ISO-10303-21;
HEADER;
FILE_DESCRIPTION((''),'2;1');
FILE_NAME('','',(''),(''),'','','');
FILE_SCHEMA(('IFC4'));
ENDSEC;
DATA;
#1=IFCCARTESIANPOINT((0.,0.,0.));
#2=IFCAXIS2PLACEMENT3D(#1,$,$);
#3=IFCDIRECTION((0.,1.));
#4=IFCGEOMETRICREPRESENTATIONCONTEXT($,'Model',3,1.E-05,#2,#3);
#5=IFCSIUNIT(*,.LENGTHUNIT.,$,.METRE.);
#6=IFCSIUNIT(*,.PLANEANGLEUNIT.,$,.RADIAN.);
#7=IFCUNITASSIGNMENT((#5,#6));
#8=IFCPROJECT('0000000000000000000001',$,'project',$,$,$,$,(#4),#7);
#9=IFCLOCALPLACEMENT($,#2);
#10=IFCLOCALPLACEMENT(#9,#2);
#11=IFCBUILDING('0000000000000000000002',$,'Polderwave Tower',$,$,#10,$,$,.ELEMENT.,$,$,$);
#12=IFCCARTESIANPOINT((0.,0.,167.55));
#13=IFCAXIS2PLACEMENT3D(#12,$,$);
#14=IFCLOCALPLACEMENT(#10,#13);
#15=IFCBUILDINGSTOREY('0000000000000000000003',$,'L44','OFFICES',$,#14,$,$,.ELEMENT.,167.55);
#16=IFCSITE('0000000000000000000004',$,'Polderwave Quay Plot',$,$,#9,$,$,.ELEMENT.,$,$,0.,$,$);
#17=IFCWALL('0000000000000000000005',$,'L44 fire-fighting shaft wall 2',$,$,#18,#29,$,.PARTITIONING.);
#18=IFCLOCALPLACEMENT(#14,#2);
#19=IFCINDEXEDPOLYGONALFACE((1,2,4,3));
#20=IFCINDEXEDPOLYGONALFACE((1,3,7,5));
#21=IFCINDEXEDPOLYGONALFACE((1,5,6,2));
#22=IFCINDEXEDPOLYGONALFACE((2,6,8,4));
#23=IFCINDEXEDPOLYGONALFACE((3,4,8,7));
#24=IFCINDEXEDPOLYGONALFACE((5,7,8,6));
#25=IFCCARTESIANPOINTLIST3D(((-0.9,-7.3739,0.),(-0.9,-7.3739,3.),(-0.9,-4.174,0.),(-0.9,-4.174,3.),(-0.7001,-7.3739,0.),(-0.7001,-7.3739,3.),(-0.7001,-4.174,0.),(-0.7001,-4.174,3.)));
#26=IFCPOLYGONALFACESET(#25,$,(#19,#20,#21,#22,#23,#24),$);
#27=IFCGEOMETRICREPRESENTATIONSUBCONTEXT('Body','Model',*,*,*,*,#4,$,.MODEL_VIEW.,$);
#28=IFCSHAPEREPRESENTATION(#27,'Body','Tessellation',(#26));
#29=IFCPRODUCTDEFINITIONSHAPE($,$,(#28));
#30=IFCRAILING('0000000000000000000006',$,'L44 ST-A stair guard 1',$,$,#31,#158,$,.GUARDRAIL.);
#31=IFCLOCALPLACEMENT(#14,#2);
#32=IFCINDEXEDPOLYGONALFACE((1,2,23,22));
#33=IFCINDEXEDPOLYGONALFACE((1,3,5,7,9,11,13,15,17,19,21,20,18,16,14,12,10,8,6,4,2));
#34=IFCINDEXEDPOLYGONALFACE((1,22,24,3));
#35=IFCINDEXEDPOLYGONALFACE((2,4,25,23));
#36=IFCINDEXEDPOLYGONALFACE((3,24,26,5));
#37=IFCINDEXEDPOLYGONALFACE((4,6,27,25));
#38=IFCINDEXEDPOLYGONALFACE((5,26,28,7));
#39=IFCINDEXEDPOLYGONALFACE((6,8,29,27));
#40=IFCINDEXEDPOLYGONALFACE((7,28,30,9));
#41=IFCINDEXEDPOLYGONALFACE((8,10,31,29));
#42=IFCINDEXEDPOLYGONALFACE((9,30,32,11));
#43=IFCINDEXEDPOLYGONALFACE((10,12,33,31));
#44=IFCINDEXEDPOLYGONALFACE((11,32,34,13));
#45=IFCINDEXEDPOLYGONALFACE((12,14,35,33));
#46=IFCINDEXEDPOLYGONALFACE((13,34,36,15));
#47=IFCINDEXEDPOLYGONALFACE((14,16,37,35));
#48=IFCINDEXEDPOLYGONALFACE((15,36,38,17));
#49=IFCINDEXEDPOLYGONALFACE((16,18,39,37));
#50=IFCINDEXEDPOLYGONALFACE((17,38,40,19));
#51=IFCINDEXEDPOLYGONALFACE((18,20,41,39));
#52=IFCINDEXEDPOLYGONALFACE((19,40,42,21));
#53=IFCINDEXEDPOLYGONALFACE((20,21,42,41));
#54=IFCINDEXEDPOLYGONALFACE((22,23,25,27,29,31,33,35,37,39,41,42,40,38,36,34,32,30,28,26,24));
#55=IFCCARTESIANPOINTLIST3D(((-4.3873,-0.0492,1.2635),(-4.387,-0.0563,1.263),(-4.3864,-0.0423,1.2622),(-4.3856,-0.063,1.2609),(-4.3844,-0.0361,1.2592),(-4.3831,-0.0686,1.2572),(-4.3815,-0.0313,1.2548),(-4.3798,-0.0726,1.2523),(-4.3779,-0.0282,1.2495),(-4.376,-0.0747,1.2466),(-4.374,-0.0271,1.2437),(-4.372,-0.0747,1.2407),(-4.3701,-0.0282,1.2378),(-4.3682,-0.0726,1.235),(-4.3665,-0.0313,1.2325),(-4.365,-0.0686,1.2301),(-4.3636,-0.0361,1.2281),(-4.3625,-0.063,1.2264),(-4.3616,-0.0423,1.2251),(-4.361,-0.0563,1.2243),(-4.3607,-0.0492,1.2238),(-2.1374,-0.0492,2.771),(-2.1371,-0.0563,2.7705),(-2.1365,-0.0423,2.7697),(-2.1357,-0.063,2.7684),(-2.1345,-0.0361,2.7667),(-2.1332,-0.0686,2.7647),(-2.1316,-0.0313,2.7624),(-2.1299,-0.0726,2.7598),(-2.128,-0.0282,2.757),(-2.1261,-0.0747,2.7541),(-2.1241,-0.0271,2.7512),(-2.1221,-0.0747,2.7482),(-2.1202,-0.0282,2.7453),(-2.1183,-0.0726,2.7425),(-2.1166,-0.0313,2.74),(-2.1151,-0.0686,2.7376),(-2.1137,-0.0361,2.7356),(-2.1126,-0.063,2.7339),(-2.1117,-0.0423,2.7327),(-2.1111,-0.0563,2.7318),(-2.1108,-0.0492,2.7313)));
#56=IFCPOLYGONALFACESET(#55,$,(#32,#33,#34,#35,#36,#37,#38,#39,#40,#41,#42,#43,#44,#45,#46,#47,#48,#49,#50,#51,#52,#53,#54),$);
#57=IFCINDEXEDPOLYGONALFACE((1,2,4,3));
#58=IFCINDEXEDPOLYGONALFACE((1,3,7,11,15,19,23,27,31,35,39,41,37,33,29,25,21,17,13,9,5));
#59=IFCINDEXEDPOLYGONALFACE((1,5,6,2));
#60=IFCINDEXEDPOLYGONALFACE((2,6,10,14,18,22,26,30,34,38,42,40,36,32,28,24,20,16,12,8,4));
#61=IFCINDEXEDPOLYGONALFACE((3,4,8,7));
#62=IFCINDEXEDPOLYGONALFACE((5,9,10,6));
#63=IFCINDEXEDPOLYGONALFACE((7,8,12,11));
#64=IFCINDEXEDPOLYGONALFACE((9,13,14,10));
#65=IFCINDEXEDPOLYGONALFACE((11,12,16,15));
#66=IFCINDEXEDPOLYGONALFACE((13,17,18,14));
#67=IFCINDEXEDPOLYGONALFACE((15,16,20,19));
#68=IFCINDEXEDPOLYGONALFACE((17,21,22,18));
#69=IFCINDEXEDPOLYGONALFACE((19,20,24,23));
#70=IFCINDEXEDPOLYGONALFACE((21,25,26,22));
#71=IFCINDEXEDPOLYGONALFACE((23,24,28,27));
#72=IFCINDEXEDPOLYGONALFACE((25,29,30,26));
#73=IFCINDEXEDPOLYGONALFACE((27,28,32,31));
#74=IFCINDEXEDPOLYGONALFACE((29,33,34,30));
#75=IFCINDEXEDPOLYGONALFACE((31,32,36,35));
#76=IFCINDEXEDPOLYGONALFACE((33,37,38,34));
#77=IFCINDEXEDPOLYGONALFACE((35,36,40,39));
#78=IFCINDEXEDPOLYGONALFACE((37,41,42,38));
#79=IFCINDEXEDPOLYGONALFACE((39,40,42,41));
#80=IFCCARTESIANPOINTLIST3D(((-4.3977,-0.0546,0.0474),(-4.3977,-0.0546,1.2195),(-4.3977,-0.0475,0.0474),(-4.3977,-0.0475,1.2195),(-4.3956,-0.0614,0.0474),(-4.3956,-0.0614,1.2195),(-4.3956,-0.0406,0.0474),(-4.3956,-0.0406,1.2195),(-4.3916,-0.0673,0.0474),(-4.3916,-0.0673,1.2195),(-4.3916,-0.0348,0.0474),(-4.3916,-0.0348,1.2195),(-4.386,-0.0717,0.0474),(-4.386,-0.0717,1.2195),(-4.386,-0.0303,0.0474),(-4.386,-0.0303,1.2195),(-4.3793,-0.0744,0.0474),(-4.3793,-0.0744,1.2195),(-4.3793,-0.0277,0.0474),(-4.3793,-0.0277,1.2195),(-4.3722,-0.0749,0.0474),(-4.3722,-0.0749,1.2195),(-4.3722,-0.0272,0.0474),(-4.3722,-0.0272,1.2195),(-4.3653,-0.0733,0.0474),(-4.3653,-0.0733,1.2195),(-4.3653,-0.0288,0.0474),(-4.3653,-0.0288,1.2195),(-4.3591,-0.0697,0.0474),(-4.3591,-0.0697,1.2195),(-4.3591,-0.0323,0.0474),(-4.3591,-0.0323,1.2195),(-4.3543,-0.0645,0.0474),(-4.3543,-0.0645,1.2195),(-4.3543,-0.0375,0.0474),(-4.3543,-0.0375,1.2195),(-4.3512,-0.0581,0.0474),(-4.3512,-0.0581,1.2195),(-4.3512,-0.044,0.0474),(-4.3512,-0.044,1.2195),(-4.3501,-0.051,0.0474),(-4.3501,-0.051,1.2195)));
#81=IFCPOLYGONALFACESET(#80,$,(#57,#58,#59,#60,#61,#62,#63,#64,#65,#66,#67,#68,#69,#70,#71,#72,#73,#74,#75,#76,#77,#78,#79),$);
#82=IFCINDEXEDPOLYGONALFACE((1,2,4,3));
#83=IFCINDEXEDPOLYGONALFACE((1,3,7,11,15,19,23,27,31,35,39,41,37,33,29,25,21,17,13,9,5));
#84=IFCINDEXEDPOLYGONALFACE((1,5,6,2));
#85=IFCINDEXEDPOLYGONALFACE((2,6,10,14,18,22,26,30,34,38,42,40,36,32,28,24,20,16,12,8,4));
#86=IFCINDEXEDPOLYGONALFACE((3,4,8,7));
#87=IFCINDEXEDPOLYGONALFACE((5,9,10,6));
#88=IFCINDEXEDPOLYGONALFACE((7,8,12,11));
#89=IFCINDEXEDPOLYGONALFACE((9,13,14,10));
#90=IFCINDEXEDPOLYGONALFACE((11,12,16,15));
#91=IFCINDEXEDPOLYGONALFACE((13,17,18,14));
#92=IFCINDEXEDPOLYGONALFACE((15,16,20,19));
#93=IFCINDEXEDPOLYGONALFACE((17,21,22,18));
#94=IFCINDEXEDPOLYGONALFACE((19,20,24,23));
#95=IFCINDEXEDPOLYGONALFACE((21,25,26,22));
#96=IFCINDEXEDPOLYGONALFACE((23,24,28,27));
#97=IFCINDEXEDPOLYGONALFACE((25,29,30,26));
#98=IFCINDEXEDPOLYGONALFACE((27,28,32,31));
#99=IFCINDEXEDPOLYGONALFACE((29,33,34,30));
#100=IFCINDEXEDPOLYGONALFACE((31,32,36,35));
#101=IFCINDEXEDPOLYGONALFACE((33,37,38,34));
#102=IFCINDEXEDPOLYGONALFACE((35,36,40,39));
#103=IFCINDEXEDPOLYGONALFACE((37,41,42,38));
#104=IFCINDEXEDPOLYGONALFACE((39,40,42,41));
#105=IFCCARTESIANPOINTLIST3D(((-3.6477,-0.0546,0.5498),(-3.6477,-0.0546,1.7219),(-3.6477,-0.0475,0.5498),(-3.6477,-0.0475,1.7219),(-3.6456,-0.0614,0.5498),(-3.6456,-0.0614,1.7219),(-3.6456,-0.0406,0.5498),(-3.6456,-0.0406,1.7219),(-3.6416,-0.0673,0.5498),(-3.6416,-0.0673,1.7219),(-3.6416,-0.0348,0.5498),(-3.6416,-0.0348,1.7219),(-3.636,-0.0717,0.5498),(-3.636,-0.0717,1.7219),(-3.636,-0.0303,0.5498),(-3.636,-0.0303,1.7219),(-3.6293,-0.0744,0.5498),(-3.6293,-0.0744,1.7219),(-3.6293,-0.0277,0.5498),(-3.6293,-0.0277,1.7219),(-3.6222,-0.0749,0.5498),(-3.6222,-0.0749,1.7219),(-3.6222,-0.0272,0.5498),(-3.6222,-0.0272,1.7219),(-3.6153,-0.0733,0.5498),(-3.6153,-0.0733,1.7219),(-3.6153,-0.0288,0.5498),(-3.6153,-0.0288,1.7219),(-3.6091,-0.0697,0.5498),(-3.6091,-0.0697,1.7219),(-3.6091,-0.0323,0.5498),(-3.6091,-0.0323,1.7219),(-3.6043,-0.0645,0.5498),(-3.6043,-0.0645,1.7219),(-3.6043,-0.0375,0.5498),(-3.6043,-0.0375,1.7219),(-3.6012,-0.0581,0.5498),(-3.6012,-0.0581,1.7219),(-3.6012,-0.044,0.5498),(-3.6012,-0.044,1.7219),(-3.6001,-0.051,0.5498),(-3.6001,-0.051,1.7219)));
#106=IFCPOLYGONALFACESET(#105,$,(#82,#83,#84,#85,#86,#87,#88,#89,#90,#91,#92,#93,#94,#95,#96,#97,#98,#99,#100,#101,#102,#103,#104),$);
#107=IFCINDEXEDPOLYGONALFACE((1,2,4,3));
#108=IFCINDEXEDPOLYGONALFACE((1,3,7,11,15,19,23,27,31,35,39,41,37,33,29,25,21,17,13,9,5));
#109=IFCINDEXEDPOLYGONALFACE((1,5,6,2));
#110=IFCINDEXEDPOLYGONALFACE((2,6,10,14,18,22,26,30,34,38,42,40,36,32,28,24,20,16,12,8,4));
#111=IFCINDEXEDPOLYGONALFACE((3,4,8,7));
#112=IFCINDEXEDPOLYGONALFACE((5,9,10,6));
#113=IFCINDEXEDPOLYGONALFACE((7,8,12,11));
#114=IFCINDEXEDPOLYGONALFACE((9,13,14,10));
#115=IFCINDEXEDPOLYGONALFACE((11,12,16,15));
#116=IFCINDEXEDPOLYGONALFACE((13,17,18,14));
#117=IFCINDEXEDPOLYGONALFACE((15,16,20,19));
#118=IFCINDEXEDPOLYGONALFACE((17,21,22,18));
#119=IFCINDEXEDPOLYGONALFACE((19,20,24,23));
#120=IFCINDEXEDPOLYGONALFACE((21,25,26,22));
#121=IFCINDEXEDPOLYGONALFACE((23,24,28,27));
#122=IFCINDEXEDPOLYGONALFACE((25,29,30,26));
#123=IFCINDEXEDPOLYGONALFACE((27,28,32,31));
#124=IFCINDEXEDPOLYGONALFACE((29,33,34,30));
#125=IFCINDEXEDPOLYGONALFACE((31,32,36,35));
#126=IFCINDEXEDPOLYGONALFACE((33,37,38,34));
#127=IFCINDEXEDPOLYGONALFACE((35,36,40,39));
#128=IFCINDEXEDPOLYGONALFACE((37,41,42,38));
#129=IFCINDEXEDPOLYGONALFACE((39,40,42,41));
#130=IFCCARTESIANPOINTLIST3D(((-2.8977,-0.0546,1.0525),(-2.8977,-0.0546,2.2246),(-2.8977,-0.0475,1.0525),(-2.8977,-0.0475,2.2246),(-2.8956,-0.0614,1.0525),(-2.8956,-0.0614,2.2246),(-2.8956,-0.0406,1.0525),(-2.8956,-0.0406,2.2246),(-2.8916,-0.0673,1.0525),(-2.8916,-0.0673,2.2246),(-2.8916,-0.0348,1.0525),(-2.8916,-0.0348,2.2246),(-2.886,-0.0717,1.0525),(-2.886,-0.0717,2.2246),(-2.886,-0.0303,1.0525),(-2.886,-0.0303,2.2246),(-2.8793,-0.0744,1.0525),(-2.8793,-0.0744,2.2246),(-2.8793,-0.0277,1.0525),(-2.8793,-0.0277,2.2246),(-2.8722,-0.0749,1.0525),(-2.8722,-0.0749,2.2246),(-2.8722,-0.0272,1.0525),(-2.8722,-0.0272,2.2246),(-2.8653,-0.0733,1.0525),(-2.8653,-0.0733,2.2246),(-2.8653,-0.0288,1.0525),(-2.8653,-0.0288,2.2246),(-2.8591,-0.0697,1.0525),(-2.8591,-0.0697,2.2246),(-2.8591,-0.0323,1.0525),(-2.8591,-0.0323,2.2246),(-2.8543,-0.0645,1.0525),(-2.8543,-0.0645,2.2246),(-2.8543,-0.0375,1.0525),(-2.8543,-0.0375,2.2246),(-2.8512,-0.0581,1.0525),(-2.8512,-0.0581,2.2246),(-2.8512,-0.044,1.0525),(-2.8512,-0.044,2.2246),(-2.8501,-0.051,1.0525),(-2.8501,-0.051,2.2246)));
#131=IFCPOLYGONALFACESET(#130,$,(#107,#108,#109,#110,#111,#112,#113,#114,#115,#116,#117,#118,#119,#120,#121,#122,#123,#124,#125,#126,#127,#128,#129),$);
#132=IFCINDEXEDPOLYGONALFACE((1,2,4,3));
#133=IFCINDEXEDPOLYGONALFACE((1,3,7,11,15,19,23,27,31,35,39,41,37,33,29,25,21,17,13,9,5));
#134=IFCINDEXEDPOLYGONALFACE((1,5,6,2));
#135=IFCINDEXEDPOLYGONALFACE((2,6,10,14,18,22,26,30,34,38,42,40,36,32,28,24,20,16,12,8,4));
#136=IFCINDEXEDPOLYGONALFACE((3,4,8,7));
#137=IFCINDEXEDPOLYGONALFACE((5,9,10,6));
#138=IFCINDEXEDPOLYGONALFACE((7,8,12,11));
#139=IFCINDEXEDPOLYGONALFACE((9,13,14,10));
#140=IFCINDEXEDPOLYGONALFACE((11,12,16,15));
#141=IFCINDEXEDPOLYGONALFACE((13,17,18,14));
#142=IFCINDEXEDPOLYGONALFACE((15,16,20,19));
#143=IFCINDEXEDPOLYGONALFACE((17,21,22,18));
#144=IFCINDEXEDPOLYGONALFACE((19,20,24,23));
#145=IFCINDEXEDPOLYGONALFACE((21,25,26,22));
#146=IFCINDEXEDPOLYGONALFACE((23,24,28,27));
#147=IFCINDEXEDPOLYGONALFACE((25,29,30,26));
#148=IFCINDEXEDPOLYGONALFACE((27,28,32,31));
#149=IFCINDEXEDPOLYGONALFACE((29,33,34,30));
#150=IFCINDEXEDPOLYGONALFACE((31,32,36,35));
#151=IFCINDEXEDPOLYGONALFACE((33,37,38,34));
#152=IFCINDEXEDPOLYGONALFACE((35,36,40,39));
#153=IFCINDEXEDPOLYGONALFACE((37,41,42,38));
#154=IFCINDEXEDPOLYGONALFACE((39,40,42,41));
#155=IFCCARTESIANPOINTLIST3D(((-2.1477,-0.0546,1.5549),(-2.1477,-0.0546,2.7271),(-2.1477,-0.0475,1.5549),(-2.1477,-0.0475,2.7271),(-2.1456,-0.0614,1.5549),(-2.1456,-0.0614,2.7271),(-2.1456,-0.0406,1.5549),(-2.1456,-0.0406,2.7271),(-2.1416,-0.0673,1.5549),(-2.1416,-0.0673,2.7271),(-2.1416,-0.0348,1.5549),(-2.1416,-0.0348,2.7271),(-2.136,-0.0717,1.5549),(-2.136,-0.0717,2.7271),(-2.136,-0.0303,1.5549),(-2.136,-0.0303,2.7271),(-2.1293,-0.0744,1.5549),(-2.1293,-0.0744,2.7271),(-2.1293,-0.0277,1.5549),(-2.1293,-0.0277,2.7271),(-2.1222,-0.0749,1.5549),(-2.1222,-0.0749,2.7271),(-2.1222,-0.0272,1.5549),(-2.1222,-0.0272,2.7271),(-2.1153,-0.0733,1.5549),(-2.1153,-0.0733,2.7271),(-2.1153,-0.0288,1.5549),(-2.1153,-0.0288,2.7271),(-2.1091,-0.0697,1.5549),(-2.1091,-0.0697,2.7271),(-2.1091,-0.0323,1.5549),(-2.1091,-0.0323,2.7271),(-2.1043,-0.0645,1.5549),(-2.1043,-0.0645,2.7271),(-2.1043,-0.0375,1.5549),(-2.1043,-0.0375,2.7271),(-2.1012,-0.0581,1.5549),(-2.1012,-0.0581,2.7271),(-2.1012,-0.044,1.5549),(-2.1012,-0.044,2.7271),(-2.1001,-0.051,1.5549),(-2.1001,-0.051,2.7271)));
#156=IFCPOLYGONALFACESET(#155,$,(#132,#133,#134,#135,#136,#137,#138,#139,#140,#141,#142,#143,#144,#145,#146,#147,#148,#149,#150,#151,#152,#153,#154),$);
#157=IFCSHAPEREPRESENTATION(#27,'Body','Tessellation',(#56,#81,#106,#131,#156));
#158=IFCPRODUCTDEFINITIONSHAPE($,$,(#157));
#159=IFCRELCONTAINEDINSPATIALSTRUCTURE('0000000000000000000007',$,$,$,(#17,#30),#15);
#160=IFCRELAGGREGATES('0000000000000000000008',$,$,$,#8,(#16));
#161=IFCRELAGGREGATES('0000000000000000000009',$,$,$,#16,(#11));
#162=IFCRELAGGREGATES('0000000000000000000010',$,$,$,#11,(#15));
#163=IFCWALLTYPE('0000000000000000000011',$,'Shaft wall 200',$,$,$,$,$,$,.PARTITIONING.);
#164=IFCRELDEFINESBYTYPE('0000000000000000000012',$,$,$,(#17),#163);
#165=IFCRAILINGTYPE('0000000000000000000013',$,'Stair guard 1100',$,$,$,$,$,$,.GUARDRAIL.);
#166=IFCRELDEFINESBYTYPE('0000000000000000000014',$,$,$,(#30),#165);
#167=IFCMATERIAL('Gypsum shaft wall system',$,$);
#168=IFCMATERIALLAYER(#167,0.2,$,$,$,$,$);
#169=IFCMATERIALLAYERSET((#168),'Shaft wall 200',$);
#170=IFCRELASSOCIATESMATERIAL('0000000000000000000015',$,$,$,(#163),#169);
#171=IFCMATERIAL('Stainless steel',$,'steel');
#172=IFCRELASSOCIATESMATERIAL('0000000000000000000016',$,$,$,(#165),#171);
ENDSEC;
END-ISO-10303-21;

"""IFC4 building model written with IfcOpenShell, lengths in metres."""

from ifc_helpers import new_model, si_unit, direction, frame, frame_2d, origin, origin_2d, place, context, subcontext, project, spatial, rectangle, circle, extrude, material, layer, layer_set, type_object, element, save


model = new_model("IFC4")

# Units and contexts
model_context = context("Model", 3, precision=1e-05, world=origin(), true_north=direction((0.0, 1.0)))
body_context = subcontext(model_context, "Body", "Model", "MODEL_VIEW")
ifc_project = project(units=[si_unit("LENGTHUNIT", "METRE"), si_unit("PLANEANGLEUNIT", "RADIAN")], contexts=[model_context])

# Site, building, storey
site_placement = place(None, origin())
site = spatial("IfcSite", under=ifc_project, at=site_placement, Name="Polderwave Quay Plot", CompositionType="ELEMENT", RefElevation=0.0)
building_placement = place(site_placement, origin())
building = spatial("IfcBuilding", under=site, at=building_placement, Name="Polderwave Tower", CompositionType="ELEMENT")
storey_placement = place(building_placement, frame((0.0, 0.0, 167.55)))
storey = spatial("IfcBuildingStorey", under=building, at=storey_placement, Name="L44", Description="OFFICES", CompositionType="ELEMENT", Elevation=167.55)

# Wall
ifc_material_1 = material(Name="Gypsum shaft wall system")
ifc_layer_1 = layer(ifc_material_1, 0.2)
ifc_layer_set_1 = layer_set([ifc_layer_1], Name="Shaft wall 200")
wall_type_1 = type_object("IfcWallType", Name="Shaft wall 200", PredefinedType="PARTITIONING", material=ifc_layer_set_1)
for number, where, z_axis, x_axis, name in (
    (1, (-0.8, -7.374, 0.0), (0.0, 0.0, 1.0), (0.0, 1.0, 0.0), "L44 fire-fighting shaft wall 2"),
):
    element("IfcWall", number, at=place(storey_placement, frame(where, z_axis=z_axis, x_axis=x_axis)), inside=storey, type_object=wall_type_1, Name=name, PredefinedType="PARTITIONING", context=body_context, shape_type="SweptSolid", body=[
        extrude(rectangle(XDim=3.2, YDim=0.2, at=frame_2d((1.6001, 0.0))), origin(), (0.0, 0.0, 1.0), 3.0),
    ])

# Railing
ifc_material_2 = material(Name="Stainless steel", Category="steel")
railing_type = type_object("IfcRailingType", Name="Stair guard 1100", PredefinedType="GUARDRAIL", material=ifc_material_2)
railing_1_placement = place(storey_placement, frame((-4.374, -0.051, 0.0474)))
element("IfcRailing", 2, at=railing_1_placement, inside=storey, type_object=railing_type, Name="L44 ST-A stair guard 1", PredefinedType="GUARDRAIL", context=body_context, shape_type="SweptSolid", body=[
    extrude(circle(Radius=0.0239, at=origin_2d()), frame((0.0, 0.0, 1.1963), z_axis=(0.830758, 0.0, 0.556633), x_axis=(0.0, 1.0, 0.0)), (0.0, 0.0, 1.0), 2.7083),
    extrude(circle(Radius=0.0239, at=origin_2d()), origin(), (0.0, 0.0, 1.0), 1.1721),
    extrude(circle(Radius=0.0239, at=origin_2d()), frame((0.75, 0.0, 0.5024)), (0.0, 0.0, 1.0), 1.1721),
    extrude(circle(Radius=0.0239, at=origin_2d()), frame((1.5, 0.0, 1.0051)), (0.0, 0.0, 1.0), 1.1721),
    extrude(circle(Radius=0.0239, at=origin_2d()), frame((2.25, 0.0, 1.5076)), (0.0, 0.0, 1.0), 1.1721),
])

save(model, "model.ifc")
